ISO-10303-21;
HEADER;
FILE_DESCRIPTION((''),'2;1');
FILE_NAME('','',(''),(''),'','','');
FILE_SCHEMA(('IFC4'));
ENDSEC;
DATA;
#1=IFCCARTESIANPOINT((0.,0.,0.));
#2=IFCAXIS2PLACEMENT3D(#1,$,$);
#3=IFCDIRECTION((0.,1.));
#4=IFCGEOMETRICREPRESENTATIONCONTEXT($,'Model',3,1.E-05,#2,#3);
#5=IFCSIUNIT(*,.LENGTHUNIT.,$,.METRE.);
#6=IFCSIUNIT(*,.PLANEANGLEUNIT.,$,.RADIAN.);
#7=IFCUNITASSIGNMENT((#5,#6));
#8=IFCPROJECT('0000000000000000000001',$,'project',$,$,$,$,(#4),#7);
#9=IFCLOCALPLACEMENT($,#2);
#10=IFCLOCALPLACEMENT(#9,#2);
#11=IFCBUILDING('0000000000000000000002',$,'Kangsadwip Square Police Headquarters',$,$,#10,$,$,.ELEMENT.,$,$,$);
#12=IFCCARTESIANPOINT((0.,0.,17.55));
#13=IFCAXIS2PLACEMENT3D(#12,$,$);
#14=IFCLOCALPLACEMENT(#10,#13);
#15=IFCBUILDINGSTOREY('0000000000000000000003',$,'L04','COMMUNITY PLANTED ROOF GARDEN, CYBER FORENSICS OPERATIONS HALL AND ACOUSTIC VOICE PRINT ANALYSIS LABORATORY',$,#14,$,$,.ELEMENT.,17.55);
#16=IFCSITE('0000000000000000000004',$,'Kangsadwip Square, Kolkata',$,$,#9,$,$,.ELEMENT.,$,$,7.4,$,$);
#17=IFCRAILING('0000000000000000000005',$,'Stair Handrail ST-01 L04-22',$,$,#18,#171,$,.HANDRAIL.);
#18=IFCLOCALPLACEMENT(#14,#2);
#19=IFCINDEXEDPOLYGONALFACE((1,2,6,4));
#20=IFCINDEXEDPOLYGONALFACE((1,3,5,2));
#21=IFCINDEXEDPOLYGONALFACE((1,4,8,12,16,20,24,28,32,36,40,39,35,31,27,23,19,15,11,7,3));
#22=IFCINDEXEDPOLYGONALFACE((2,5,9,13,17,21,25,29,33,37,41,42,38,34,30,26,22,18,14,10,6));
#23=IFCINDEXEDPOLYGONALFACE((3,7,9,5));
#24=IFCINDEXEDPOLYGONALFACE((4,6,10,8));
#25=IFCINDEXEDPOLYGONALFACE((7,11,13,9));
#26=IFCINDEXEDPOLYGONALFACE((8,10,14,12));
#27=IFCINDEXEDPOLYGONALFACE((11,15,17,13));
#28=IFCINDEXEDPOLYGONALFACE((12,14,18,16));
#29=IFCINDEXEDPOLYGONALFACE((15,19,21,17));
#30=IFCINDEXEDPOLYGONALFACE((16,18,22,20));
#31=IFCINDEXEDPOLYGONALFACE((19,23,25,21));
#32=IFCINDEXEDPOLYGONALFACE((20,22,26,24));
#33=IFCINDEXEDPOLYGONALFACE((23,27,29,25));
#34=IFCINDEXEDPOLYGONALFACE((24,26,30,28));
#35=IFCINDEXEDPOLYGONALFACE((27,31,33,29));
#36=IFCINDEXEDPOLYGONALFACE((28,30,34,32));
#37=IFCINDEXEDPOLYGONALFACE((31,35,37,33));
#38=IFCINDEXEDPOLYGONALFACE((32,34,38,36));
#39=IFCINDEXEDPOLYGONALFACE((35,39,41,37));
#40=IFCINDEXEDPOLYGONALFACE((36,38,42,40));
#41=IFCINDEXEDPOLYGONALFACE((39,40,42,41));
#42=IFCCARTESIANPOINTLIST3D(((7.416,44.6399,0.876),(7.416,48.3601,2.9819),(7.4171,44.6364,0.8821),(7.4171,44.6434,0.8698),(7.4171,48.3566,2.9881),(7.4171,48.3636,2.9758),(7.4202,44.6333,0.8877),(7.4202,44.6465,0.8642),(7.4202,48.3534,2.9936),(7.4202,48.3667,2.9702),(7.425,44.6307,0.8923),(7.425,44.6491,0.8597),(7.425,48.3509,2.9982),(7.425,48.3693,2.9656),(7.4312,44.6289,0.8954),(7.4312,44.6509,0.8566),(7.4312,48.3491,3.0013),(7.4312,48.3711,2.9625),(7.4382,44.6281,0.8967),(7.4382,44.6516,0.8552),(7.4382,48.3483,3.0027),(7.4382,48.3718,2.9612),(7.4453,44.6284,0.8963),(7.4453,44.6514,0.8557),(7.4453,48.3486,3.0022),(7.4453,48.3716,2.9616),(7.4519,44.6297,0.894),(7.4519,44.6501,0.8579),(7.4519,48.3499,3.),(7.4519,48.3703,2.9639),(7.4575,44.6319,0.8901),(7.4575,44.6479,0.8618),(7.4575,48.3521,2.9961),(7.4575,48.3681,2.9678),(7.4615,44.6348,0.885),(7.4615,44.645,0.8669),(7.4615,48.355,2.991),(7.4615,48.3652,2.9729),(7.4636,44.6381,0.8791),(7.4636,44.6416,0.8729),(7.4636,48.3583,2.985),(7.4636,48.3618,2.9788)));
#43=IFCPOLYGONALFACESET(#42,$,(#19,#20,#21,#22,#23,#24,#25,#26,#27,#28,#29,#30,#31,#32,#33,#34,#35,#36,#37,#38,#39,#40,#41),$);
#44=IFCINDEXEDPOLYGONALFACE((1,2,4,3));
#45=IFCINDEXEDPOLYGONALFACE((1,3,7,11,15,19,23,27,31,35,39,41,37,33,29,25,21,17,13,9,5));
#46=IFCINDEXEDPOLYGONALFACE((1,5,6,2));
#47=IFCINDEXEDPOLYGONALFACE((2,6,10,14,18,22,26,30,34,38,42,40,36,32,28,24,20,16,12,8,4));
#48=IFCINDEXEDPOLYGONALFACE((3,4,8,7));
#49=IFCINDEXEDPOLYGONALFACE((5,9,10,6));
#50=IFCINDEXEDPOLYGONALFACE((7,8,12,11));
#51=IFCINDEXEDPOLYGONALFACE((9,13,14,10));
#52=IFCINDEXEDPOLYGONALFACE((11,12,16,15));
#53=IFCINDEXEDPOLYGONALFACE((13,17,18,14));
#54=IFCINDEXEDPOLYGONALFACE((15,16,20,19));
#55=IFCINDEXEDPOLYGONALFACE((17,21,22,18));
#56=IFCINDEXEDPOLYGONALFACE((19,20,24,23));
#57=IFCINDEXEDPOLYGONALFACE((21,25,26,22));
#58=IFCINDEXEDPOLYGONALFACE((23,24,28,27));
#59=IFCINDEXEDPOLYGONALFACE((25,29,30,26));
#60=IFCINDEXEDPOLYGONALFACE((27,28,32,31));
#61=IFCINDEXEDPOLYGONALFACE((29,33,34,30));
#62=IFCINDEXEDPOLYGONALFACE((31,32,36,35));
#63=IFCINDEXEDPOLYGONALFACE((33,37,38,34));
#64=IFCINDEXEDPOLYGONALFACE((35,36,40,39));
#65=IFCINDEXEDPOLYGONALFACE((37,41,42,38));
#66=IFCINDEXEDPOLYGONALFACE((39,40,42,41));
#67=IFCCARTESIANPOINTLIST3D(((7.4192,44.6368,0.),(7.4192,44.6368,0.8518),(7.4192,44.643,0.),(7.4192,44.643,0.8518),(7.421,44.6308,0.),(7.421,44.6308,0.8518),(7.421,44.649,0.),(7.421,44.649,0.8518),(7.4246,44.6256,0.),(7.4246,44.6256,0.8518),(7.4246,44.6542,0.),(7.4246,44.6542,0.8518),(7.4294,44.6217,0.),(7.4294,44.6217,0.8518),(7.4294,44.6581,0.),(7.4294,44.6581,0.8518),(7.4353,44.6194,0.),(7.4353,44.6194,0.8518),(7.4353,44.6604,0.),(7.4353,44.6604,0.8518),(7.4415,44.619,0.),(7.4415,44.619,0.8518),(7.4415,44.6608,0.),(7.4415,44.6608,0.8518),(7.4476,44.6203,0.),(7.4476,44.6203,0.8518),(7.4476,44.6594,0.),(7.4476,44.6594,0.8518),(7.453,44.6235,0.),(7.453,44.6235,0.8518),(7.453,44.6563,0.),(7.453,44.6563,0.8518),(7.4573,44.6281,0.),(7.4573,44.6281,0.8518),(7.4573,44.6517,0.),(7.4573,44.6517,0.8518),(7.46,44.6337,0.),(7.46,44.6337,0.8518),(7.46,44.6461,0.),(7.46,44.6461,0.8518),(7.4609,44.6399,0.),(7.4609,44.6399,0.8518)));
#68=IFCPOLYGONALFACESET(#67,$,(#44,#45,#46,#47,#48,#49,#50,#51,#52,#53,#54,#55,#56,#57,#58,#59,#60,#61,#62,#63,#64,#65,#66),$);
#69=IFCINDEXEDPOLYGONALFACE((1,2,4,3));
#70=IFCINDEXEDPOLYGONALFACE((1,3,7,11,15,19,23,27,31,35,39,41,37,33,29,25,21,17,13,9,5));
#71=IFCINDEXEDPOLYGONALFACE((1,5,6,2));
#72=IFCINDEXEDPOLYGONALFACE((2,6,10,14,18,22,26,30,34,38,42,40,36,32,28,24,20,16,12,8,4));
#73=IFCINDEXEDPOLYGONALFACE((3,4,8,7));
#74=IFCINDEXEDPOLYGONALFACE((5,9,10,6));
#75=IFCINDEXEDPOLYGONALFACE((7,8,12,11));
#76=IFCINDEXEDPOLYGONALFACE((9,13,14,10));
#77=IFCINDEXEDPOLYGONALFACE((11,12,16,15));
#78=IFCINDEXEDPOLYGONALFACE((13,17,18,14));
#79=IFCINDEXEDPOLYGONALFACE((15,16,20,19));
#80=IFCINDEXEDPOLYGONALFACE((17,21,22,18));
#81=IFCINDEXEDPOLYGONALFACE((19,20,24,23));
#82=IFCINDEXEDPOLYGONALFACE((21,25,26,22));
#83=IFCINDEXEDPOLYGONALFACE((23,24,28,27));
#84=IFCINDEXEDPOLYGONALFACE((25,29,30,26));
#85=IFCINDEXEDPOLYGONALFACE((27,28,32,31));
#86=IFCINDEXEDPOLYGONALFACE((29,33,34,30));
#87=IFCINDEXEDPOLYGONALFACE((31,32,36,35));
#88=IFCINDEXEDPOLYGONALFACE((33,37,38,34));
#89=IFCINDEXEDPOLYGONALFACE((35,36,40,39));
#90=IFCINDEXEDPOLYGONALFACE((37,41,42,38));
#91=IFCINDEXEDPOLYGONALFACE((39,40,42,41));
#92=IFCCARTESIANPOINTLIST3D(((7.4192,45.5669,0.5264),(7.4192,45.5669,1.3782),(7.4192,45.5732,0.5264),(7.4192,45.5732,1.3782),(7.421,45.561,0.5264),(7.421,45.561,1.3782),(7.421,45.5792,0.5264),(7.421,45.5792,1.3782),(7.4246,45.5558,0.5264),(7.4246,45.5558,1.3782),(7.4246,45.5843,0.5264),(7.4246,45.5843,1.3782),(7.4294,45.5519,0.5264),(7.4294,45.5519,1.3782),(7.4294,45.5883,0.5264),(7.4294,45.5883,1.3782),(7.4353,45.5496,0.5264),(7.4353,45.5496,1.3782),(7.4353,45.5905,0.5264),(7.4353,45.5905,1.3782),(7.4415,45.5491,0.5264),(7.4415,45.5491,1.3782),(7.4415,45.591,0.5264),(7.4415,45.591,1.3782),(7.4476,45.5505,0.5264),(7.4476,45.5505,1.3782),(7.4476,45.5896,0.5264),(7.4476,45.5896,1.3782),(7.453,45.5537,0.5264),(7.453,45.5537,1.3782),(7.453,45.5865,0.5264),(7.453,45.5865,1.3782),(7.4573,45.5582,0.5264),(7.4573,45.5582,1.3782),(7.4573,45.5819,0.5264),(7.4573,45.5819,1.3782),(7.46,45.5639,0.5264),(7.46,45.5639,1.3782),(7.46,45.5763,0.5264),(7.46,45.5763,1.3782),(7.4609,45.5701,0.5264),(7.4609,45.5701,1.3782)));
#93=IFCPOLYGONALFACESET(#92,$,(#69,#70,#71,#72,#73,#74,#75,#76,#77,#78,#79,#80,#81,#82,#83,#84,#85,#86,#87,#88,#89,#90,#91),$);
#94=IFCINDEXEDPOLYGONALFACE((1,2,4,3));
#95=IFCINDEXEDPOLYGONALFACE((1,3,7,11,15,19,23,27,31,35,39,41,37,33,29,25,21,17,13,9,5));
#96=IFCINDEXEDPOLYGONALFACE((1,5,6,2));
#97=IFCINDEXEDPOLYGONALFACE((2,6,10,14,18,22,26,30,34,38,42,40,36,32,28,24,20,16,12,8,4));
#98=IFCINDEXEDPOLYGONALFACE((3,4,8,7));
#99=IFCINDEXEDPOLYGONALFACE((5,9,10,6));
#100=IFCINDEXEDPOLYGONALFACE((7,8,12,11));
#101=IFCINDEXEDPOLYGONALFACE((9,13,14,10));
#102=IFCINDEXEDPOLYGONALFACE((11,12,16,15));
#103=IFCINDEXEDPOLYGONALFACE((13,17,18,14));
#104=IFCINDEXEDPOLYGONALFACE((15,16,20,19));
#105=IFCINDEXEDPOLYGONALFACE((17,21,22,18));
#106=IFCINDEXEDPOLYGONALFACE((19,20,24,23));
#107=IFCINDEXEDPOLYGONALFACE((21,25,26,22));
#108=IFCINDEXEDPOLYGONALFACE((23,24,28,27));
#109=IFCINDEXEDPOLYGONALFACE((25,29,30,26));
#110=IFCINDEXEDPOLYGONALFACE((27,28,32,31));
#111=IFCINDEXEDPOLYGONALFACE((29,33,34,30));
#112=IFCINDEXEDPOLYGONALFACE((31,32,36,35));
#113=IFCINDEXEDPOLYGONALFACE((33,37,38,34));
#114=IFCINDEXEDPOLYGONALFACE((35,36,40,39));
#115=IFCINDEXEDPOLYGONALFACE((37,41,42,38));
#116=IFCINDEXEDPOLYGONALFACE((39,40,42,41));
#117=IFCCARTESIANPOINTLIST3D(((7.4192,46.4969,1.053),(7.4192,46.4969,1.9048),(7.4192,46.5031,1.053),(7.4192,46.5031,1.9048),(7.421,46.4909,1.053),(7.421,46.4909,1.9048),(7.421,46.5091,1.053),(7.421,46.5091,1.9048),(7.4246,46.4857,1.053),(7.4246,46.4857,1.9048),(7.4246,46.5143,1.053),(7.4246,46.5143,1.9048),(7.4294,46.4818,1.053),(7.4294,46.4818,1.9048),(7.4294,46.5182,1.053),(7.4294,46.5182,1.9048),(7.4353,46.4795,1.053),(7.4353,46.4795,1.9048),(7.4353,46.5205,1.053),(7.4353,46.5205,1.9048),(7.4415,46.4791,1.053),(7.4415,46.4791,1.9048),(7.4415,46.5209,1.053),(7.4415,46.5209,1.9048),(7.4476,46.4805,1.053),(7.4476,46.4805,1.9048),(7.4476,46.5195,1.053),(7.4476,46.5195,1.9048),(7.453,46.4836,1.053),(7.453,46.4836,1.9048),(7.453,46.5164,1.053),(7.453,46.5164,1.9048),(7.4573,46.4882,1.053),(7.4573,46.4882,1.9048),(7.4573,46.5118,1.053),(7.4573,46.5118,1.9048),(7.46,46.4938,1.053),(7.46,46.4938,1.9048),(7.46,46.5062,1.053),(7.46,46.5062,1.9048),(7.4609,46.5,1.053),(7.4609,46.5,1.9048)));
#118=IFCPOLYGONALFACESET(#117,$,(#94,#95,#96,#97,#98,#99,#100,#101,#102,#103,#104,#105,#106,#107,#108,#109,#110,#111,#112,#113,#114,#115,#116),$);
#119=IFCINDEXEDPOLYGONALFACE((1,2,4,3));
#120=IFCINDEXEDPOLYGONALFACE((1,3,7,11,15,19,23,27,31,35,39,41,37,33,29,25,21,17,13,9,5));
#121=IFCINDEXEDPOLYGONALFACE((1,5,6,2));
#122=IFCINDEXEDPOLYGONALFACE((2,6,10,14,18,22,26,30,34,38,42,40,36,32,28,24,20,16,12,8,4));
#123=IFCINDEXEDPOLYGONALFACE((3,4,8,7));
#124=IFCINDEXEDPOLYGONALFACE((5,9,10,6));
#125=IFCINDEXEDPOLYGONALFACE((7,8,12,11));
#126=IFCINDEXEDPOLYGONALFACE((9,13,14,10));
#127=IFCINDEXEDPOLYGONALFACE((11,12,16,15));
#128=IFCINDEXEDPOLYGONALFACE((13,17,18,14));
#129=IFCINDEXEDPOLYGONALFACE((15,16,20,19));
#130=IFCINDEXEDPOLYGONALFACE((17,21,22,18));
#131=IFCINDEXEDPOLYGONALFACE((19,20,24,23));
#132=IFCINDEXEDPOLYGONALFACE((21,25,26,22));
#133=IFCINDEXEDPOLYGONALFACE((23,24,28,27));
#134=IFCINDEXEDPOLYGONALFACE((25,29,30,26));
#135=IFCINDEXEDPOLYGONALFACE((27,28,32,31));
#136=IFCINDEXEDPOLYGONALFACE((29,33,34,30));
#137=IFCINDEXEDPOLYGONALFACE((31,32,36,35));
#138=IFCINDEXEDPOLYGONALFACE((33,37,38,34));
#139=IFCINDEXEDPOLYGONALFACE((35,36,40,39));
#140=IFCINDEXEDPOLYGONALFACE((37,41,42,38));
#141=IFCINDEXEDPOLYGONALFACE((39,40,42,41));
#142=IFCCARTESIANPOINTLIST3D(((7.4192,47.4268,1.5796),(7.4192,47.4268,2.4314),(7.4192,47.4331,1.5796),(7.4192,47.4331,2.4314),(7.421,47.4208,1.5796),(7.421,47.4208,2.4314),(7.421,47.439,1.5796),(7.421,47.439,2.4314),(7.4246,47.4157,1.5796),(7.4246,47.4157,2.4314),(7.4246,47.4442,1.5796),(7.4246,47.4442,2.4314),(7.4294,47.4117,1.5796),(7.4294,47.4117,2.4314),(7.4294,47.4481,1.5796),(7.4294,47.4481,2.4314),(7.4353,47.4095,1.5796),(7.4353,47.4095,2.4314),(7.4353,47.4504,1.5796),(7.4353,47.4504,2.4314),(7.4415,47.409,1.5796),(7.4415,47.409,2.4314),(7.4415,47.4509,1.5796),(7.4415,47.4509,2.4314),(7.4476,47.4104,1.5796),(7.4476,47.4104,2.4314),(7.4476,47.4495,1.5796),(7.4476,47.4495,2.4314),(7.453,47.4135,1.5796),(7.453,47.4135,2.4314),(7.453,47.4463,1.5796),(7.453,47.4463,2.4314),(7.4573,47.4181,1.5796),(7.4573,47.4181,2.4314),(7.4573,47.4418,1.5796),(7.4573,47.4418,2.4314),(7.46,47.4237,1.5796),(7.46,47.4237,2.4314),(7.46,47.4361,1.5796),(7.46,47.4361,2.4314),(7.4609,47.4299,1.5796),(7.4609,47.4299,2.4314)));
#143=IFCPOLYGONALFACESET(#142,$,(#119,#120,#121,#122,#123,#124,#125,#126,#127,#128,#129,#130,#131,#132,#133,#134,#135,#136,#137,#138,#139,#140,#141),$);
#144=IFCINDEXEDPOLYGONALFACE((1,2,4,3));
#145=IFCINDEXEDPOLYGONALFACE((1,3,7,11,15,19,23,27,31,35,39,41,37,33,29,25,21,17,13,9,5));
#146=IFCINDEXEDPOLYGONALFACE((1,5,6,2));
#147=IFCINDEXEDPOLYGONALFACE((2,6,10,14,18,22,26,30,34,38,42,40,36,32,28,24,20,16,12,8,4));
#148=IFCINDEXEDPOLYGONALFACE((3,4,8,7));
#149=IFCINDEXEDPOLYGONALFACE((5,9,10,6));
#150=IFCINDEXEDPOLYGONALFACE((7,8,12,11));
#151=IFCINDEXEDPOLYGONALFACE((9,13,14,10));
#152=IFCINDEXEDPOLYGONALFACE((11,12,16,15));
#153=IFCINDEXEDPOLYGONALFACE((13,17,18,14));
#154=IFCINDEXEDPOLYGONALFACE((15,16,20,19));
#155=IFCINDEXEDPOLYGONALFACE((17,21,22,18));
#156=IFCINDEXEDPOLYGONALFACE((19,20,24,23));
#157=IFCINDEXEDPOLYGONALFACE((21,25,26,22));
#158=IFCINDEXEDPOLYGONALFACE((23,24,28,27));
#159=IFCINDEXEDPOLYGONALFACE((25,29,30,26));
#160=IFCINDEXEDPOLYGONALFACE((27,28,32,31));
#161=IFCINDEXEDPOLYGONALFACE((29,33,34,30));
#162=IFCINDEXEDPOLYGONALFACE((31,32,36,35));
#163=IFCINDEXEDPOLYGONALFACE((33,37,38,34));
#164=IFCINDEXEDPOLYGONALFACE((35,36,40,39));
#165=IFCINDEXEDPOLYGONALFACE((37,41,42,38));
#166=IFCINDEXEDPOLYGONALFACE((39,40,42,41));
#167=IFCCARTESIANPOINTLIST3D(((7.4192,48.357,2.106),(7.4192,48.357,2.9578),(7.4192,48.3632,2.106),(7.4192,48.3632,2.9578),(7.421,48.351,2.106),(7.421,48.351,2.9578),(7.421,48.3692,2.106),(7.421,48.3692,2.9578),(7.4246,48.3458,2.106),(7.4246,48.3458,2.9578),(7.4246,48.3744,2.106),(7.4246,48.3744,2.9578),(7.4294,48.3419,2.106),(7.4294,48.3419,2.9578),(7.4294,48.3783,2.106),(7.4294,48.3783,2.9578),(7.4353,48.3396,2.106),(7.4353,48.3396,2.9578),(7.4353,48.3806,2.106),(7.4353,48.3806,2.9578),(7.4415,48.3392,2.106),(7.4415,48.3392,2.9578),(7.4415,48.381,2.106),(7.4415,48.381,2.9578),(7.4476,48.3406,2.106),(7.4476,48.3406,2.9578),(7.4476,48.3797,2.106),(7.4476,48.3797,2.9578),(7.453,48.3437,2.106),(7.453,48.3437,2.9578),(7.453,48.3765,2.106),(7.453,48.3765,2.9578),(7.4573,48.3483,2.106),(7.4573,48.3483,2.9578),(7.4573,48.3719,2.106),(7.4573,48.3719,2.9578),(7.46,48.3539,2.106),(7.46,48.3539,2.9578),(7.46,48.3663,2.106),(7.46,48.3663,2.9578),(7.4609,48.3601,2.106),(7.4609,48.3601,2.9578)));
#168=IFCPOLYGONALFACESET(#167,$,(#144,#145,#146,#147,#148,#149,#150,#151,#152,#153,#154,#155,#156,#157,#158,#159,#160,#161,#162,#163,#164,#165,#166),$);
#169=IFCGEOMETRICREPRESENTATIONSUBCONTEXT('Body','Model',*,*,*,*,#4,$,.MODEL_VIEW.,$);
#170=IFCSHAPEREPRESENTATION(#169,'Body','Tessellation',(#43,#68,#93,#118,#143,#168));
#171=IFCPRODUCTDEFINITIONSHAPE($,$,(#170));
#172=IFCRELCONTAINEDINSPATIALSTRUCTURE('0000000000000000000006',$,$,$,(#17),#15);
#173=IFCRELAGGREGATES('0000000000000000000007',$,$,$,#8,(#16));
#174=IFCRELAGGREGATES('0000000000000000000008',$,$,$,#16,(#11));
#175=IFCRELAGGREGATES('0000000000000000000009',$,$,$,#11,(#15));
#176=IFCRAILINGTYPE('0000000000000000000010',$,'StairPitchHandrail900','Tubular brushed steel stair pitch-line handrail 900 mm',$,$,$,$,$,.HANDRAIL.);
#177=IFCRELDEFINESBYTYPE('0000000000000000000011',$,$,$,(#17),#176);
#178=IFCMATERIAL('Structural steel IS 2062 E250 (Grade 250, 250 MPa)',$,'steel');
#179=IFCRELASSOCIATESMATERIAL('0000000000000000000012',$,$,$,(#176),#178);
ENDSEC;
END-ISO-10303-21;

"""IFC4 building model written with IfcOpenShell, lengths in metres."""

from ifc_helpers import new_model, si_unit, direction, frame, origin, origin_2d, place, context, subcontext, project, spatial, circle, extrude, material, type_object, element, save


model = new_model("IFC4")

# Units and contexts
model_context = context("Model", 3, precision=1e-05, world=origin(), true_north=direction((0.0, 1.0)))
body_context = subcontext(model_context, "Body", "Model", "MODEL_VIEW")
ifc_project = project(units=[si_unit("LENGTHUNIT", "METRE"), si_unit("PLANEANGLEUNIT", "RADIAN")], contexts=[model_context])

# Site, building, storey
site_placement = place(None, origin())
site = spatial("IfcSite", under=ifc_project, at=site_placement, Name="Kangsadwip Square, Kolkata", CompositionType="ELEMENT", RefElevation=7.4)
building_placement = place(site_placement, origin())
building = spatial("IfcBuilding", under=site, at=building_placement, Name="Kangsadwip Square Police Headquarters", CompositionType="ELEMENT")
storey_placement = place(building_placement, frame((0.0, 0.0, 17.55)))
storey = spatial("IfcBuildingStorey", under=building, at=storey_placement, Name="L04", Description="COMMUNITY PLANTED ROOF GARDEN, CYBER FORENSICS OPERATIONS HALL AND ACOUSTIC VOICE PRINT ANALYSIS LABORATORY", CompositionType="ELEMENT", Elevation=17.55)

# Railing
ifc_material_1 = material(Name="Structural steel IS 2062 E250 (Grade 250, 250 MPa)", Category="steel")
railing_type_1 = type_object("IfcRailingType", Name="StairPitchHandrail900", Description="Tubular brushed steel stair pitch-line handrail 900 mm", PredefinedType="HANDRAIL", material=ifc_material_1)
railing_1_placement = place(storey_placement, frame((7.4399, 44.6399, 0.0)))
element("IfcRailing", 1, at=railing_1_placement, inside=storey, type_object=railing_type_1, Name="Stair Handrail ST-01 L04-22", PredefinedType="HANDRAIL", context=body_context, shape_type="SweptSolid", body=[
    extrude(circle(Radius=0.0239, at=origin_2d()), frame((0.0, 0.0, 0.876), z_axis=(0.0, 0.870239, 0.492629), x_axis=(-1.0, 0.0, 0.0)), (0.0, 0.0, 1.0), 4.2749),
    extrude(circle(Radius=0.021, at=origin_2d()), origin(), (0.0, 0.0, 1.0), 0.8518),
    extrude(circle(Radius=0.021, at=origin_2d()), frame((0.0, 0.9302, 0.5264)), (0.0, 0.0, 1.0), 0.8518),
    extrude(circle(Radius=0.021, at=origin_2d()), frame((0.0, 1.8601, 1.053)), (0.0, 0.0, 1.0), 0.8518),
    extrude(circle(Radius=0.021, at=origin_2d()), frame((0.0, 2.79, 1.5796)), (0.0, 0.0, 1.0), 0.8518),
    extrude(circle(Radius=0.021, at=origin_2d()), frame((0.0, 3.7202, 2.106)), (0.0, 0.0, 1.0), 0.8518),
])

save(model, "model.ifc")
